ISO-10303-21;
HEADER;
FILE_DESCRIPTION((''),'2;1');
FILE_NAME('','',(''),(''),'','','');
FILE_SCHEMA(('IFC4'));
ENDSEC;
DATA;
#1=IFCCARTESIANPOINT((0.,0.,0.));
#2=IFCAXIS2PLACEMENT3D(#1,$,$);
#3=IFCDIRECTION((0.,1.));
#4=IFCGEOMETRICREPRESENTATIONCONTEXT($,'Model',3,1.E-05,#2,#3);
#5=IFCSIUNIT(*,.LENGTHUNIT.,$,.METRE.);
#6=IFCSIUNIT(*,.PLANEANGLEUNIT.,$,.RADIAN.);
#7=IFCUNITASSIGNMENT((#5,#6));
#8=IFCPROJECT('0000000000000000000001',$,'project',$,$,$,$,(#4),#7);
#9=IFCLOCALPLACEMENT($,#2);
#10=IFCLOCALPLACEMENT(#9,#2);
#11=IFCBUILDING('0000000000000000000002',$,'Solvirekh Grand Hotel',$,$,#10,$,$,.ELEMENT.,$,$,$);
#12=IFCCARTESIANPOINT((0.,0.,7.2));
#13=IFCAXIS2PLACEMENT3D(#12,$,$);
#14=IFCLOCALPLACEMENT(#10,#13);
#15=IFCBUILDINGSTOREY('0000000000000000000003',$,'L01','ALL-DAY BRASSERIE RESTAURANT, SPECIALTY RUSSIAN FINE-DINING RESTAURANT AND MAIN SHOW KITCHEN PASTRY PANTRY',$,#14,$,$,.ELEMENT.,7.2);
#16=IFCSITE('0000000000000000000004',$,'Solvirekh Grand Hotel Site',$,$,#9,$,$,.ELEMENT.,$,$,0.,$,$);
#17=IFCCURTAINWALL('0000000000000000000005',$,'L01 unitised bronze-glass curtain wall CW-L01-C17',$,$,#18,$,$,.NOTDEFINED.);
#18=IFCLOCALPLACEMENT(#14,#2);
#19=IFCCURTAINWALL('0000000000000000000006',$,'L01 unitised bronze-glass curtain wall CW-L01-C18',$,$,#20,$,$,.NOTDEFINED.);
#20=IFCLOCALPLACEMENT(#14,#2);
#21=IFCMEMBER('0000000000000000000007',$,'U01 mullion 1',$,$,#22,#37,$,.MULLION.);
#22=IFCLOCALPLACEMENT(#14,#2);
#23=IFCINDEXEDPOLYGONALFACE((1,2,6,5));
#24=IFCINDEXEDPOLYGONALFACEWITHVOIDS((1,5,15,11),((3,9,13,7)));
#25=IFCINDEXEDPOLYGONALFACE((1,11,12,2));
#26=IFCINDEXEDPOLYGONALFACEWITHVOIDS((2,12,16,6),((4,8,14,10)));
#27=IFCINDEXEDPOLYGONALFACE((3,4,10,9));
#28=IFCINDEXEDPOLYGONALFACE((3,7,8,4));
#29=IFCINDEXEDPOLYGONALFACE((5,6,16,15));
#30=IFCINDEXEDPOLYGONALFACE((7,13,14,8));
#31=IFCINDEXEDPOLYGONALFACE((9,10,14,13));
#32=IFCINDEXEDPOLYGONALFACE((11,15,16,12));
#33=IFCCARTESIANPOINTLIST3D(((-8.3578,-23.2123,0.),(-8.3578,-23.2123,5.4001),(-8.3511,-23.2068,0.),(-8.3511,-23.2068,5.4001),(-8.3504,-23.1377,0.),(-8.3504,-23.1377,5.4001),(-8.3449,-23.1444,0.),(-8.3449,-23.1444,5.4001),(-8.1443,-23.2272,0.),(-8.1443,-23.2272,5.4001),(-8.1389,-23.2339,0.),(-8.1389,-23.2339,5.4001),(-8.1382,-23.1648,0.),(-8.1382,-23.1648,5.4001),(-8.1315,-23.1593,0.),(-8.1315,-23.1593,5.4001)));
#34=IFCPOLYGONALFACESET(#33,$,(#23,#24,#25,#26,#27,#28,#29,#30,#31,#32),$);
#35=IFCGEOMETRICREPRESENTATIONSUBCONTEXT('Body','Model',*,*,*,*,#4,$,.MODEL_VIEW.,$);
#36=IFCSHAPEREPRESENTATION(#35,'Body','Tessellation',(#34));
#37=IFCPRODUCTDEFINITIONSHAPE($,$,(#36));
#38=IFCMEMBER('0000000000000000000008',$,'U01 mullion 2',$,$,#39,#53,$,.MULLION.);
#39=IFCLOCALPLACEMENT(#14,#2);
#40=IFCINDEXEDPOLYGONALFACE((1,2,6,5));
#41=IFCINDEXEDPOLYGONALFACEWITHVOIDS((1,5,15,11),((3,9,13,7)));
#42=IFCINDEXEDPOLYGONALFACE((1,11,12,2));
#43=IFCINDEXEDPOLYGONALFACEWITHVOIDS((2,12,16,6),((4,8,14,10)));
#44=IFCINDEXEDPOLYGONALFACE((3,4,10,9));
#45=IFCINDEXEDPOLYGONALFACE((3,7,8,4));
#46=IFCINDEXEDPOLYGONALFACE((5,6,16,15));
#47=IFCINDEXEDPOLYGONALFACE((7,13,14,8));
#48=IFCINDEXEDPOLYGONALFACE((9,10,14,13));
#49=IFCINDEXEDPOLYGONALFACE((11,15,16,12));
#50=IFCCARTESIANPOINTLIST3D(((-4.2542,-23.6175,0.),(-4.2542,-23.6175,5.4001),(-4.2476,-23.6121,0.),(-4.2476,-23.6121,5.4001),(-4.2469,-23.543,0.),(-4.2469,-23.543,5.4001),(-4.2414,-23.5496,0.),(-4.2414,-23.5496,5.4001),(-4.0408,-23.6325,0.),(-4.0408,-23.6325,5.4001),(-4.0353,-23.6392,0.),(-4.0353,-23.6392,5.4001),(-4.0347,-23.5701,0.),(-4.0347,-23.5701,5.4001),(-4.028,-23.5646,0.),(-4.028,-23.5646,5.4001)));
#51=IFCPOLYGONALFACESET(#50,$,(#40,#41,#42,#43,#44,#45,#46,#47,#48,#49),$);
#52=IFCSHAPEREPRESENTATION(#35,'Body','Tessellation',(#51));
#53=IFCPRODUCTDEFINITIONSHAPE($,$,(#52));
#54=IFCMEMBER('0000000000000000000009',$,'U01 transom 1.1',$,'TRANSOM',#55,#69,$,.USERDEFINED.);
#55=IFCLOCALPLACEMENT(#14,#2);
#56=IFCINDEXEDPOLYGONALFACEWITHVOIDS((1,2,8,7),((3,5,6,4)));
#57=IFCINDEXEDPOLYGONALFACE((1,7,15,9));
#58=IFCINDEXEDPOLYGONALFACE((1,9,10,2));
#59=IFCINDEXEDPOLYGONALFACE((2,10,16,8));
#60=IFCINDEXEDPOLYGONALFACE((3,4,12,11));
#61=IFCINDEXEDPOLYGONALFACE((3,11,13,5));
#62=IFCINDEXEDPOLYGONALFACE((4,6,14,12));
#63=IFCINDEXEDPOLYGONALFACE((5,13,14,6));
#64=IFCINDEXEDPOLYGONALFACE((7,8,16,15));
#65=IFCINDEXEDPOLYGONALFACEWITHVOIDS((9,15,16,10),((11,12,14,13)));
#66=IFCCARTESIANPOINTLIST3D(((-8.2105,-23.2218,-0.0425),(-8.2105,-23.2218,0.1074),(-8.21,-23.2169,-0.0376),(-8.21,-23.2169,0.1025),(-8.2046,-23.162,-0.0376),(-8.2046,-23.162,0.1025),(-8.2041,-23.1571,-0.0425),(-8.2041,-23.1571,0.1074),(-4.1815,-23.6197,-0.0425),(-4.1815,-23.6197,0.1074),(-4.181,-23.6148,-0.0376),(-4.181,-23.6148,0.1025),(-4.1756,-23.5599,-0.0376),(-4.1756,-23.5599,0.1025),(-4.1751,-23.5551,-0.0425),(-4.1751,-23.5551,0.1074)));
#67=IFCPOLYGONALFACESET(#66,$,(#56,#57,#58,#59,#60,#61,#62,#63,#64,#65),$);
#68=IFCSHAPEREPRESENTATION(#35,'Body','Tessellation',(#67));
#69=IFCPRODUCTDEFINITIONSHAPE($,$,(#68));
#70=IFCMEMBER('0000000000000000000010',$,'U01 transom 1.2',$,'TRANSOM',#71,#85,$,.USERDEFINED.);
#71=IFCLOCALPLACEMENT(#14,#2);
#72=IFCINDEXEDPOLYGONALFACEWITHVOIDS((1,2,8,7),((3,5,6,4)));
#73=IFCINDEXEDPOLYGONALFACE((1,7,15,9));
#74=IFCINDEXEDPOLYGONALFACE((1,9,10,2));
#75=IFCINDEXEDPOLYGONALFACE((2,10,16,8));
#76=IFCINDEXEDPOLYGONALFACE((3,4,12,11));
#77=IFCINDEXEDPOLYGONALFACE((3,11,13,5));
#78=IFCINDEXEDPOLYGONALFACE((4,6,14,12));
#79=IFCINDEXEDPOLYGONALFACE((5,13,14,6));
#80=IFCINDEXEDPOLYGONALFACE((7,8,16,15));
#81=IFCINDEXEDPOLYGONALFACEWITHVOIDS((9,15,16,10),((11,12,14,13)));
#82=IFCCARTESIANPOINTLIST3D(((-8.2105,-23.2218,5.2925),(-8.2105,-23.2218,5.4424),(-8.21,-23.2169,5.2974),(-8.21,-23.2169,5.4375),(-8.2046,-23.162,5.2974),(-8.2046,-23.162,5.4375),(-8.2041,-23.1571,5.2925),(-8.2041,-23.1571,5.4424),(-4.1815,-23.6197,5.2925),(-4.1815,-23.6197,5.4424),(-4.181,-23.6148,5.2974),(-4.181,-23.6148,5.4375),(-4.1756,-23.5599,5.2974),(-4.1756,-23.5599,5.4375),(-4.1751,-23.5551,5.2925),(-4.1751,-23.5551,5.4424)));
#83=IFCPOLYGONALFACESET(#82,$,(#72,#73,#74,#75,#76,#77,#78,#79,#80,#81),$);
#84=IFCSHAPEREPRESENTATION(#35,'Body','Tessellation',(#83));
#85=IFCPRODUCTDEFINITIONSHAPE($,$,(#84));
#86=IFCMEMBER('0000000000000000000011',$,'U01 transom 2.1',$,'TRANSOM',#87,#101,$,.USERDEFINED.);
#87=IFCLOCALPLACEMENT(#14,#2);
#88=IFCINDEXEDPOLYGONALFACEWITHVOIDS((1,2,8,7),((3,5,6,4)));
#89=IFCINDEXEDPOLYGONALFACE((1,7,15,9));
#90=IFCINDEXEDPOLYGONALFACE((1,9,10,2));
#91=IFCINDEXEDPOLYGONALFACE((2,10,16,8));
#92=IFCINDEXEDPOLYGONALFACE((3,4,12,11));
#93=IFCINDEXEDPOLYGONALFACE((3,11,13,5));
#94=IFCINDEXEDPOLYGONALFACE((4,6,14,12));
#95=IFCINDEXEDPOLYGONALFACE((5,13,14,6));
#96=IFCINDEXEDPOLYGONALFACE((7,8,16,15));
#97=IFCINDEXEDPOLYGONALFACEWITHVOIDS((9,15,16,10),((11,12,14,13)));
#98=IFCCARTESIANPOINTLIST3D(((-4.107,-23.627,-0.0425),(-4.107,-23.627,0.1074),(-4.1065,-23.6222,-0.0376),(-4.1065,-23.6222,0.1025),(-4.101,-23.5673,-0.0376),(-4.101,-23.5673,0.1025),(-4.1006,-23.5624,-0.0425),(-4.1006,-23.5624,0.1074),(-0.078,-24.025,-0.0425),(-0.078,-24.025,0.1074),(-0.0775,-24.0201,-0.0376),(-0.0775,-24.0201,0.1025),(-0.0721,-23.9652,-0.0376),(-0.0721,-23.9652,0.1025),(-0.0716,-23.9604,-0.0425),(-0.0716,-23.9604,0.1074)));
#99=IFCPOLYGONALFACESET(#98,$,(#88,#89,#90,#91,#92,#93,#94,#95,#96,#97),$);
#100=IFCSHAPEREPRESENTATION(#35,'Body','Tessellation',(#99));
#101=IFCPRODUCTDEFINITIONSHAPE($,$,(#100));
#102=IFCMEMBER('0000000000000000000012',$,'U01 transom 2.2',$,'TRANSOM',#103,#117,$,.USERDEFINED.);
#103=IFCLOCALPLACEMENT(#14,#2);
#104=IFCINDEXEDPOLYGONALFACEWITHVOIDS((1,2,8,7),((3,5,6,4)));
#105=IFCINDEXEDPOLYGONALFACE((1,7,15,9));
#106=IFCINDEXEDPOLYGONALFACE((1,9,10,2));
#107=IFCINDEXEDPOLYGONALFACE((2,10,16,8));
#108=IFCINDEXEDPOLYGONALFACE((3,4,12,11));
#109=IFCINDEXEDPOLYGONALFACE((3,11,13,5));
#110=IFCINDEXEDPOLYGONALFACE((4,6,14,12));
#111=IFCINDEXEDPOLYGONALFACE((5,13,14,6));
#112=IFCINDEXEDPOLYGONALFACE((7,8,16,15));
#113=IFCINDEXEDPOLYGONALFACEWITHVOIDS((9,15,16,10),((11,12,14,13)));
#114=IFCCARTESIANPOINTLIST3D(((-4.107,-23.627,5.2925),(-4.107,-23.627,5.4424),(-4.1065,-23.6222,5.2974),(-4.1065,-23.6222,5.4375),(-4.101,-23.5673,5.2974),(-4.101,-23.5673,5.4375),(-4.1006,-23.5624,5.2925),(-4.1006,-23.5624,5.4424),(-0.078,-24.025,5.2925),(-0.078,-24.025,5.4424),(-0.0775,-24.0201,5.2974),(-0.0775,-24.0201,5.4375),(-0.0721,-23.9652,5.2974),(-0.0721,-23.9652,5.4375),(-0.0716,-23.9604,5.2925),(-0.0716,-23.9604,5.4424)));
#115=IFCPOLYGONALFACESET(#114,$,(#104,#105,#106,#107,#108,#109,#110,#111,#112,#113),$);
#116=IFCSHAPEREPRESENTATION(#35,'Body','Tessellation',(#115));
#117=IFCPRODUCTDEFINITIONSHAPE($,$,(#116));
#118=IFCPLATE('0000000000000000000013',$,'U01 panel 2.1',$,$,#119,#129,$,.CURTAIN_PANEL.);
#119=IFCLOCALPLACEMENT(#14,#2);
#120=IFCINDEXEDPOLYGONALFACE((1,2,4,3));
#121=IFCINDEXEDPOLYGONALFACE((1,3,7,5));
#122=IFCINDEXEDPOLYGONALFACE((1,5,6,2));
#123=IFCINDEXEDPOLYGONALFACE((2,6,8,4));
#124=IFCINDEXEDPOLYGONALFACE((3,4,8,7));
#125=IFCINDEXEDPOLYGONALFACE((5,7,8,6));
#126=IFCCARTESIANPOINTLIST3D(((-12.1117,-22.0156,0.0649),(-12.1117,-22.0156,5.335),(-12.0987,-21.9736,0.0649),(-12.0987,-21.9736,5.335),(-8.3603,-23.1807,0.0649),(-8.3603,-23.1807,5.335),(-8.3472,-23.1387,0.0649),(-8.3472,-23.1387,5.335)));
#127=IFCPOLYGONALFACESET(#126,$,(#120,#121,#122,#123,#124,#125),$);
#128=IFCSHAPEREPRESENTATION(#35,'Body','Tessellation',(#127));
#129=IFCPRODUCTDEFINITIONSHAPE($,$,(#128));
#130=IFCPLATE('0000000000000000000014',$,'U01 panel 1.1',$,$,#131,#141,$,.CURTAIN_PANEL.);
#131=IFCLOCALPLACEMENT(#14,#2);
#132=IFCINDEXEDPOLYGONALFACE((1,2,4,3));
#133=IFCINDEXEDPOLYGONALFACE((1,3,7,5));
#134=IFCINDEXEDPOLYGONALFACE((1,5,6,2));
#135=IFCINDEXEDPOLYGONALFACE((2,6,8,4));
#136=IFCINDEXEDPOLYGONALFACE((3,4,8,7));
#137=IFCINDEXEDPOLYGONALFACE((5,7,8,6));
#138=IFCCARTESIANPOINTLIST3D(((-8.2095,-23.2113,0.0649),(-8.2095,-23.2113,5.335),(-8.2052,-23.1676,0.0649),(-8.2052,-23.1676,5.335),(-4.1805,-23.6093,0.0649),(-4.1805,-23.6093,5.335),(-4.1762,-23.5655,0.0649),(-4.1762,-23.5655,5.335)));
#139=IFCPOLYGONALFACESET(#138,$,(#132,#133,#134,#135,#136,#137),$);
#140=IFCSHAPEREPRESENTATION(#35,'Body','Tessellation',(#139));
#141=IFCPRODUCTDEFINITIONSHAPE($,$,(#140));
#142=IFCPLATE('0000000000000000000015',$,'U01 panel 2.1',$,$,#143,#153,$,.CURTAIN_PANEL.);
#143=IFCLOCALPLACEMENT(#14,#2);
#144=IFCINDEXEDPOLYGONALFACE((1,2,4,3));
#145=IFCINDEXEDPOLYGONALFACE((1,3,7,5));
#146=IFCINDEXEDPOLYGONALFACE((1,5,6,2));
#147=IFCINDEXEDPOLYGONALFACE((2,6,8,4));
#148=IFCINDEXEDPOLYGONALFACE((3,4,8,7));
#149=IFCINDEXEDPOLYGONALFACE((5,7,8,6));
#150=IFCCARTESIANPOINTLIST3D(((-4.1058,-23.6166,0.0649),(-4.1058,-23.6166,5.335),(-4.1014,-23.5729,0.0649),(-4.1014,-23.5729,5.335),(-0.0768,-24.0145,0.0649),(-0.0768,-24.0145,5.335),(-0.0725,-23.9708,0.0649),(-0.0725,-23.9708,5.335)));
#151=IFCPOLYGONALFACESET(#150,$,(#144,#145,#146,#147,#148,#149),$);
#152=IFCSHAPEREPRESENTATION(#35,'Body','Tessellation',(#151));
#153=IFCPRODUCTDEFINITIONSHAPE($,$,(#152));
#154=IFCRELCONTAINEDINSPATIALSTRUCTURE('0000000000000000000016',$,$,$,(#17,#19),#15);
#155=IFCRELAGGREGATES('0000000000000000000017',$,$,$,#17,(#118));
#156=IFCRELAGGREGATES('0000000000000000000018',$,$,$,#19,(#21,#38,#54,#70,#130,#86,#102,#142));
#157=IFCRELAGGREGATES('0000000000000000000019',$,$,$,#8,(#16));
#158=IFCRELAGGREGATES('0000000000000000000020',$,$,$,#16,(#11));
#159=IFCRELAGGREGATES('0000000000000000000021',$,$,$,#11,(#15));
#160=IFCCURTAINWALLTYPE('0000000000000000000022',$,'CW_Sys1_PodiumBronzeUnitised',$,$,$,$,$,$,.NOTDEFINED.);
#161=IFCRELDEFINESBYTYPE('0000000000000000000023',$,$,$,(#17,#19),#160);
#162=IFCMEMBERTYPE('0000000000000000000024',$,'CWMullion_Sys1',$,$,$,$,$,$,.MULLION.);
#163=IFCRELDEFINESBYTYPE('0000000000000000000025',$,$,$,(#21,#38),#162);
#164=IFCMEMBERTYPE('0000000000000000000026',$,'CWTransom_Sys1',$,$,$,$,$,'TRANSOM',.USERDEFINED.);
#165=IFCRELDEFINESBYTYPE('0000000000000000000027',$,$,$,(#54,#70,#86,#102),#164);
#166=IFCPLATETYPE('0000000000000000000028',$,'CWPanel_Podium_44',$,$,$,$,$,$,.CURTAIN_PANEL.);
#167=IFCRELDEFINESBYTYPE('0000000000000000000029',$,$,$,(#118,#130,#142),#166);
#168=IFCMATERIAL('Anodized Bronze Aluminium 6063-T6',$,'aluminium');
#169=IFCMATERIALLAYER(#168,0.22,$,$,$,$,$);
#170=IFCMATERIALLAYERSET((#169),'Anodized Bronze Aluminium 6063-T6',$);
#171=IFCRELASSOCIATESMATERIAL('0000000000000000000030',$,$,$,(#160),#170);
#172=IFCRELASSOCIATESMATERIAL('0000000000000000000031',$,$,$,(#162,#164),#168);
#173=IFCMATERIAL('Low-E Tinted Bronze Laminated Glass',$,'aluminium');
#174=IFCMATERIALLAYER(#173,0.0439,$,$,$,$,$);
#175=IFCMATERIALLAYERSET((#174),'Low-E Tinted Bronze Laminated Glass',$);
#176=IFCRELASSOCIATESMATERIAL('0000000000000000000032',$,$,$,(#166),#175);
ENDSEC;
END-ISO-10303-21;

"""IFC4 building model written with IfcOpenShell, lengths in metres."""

from ifc_helpers import new_model, si_unit, direction, frame, origin, origin_2d, place, context, subcontext, project, spatial, rectangle, hollow_rectangle, extrude, source, transform, mapped, material, layer, layer_set, material_profile, profile_set, type_object, element, aggregate, save


model = new_model("IFC4")

# Units and contexts
model_context = context("Model", 3, precision=1e-05, world=origin(), true_north=direction((0.0, 1.0)))
body_context = subcontext(model_context, "Body", "Model", "MODEL_VIEW")
ifc_project = project(units=[si_unit("LENGTHUNIT", "METRE"), si_unit("PLANEANGLEUNIT", "RADIAN")], contexts=[model_context])

# Site, building, storey
site_placement = place(None, origin())
site = spatial("IfcSite", under=ifc_project, at=site_placement, Name="Solvirekh Grand Hotel Site", CompositionType="ELEMENT", RefElevation=0.0)
building_placement = place(site_placement, origin())
building = spatial("IfcBuilding", under=site, at=building_placement, Name="Solvirekh Grand Hotel", CompositionType="ELEMENT")
storey_placement = place(building_placement, frame((0.0, 0.0, 7.2)))
storey = spatial("IfcBuildingStorey", under=building, at=storey_placement, Name="L01", Description="ALL-DAY BRASSERIE RESTAURANT, SPECIALTY RUSSIAN FINE-DINING RESTAURANT AND MAIN SHOW KITCHEN PASTRY PANTRY", CompositionType="ELEMENT", Elevation=7.2)

# Curtain wall
ifc_material_1 = material(Name="Anodized Bronze Aluminium 6063-T6", Category="aluminium")
ifc_layer_1 = layer(ifc_material_1, 0.22)
ifc_layer_set_1 = layer_set([ifc_layer_1], Name="Anodized Bronze Aluminium 6063-T6")
curtain_wall_type = type_object("IfcCurtainWallType", Name="CW_Sys1_PodiumBronzeUnitised", PredefinedType="NOTDEFINED", material=ifc_layer_set_1)
curtain_wall_1_placement = place(storey_placement, origin())
curtain_wall_1 = element("IfcCurtainWall", 1, at=curtain_wall_1_placement, inside=storey, type_object=curtain_wall_type, Name="L01 unitised bronze-glass curtain wall CW-L01-C17", PredefinedType="NOTDEFINED")
ifc_material_profile_1 = material_profile(ifc_material_1, hollow_rectangle(XDim=0.075, YDim=0.22, WallThickness=0.0061, at=origin_2d()), Name="ALU RHS 220X75X6")
ifc_profile_set_1 = profile_set([ifc_material_profile_1], Name="Anodized Bronze Aluminium 6063-T6")
member_type_1 = type_object("IfcMemberType", Name="CWMullion_Sys1", PredefinedType="MULLION", material=ifc_profile_set_1)
shared_shape_1 = source(origin(), body_context, "Body", "SweptSolid", [
    extrude(hollow_rectangle(XDim=0.075, YDim=0.22, WallThickness=0.0061, at=origin_2d()), origin(), (0.0, 0.0, 1.0), 5.4001),
])

# Curtain wall, members
curtain_wall_2_placement = place(storey_placement, origin())
curtain_wall_2 = element("IfcCurtainWall", 2, at=curtain_wall_2_placement, inside=storey, type_object=curtain_wall_type, Name="L01 unitised bronze-glass curtain wall CW-L01-C18", PredefinedType="NOTDEFINED")
member_1_placement = place(storey_placement, frame((-8.2446, -23.1858, 0.0), z_axis=(0.0, 0.0, 1.0), x_axis=(0.09829, 0.995158, 0.0)))
member_1 = element("IfcMember", 3, at=member_1_placement, type_object=member_type_1, Name="U01 mullion 1", PredefinedType="MULLION", context=body_context, shape_type="MappedRepresentation", body=[
    mapped(shared_shape_1, transform((0.0, 0.0, 0.0), x_axis=(1.0, 0.0, 0.0), y_axis=(0.0, 1.0, 0.0), z_axis=(0.0, 0.0, 1.0), scale=1.0)),
])
member_2_placement = place(storey_placement, frame((-4.1411, -23.5911, 0.0), z_axis=(0.0, 0.0, 1.0), x_axis=(0.09829, 0.995158, 0.0)))
member_2 = element("IfcMember", 4, at=member_2_placement, type_object=member_type_1, Name="U01 mullion 2", PredefinedType="MULLION", context=body_context, shape_type="MappedRepresentation", body=[
    mapped(shared_shape_1, transform((0.0, 0.0, 0.0), x_axis=(1.0, 0.0, 0.0), y_axis=(0.0, 1.0, 0.0), z_axis=(0.0, 0.0, 1.0), scale=1.0)),
])
ifc_material_profile_2 = material_profile(ifc_material_1, hollow_rectangle(XDim=0.0649, YDim=0.1499, WallThickness=0.0049, at=origin_2d()), Name="ALU RHS 150X65X5")
ifc_profile_set_2 = profile_set([ifc_material_profile_2], Name="Anodized Bronze Aluminium 6063-T6")
member_type_2 = type_object("IfcMemberType", Name="CWTransom_Sys1", ElementType="TRANSOM", PredefinedType="USERDEFINED", material=ifc_profile_set_2)
shared_shape_2 = source(origin(), body_context, "Body", "SweptSolid", [
    extrude(hollow_rectangle(XDim=0.0649, YDim=0.1499, WallThickness=0.0049, at=origin_2d()), origin(), (0.0, 0.0, 1.0), 4.0486),
])
member_3_placement = place(storey_placement, frame((-8.2073, -23.1895, 0.0325), z_axis=(0.995158, -0.098292, 0.0), x_axis=(0.098292, 0.995158, 0.0)))
member_3 = element("IfcMember", 5, at=member_3_placement, type_object=member_type_2, Name="U01 transom 1.1", ObjectType="TRANSOM", PredefinedType="USERDEFINED", context=body_context, shape_type="MappedRepresentation", body=[
    mapped(shared_shape_2, transform((0.0, 0.0, 0.0), x_axis=(1.0, 0.0, 0.0), y_axis=(0.0, 1.0, 0.0), z_axis=(0.0, 0.0, 1.0), scale=1.0)),
])
member_4_placement = place(storey_placement, frame((-8.2073, -23.1895, 5.3674), z_axis=(0.995158, -0.098292, 0.0), x_axis=(0.098292, 0.995158, 0.0)))
member_4 = element("IfcMember", 6, at=member_4_placement, type_object=member_type_2, Name="U01 transom 1.2", ObjectType="TRANSOM", PredefinedType="USERDEFINED", context=body_context, shape_type="MappedRepresentation", body=[
    mapped(shared_shape_2, transform((0.0, 0.0, 0.0), x_axis=(1.0, 0.0, 0.0), y_axis=(0.0, 1.0, 0.0), z_axis=(0.0, 0.0, 1.0), scale=1.0)),
])
member_5_placement = place(storey_placement, frame((-4.1038, -23.5947, 0.0325), z_axis=(0.995158, -0.098292, 0.0), x_axis=(0.098292, 0.995158, 0.0)))
member_5 = element("IfcMember", 7, at=member_5_placement, type_object=member_type_2, Name="U01 transom 2.1", ObjectType="TRANSOM", PredefinedType="USERDEFINED", context=body_context, shape_type="MappedRepresentation", body=[
    mapped(shared_shape_2, transform((0.0, 0.0, 0.0), x_axis=(1.0, 0.0, 0.0), y_axis=(0.0, 1.0, 0.0), z_axis=(0.0, 0.0, 1.0), scale=1.0)),
])
member_6_placement = place(storey_placement, frame((-4.1038, -23.5947, 5.3674), z_axis=(0.995158, -0.098292, 0.0), x_axis=(0.098292, 0.995158, 0.0)))
member_6 = element("IfcMember", 8, at=member_6_placement, type_object=member_type_2, Name="U01 transom 2.2", ObjectType="TRANSOM", PredefinedType="USERDEFINED", context=body_context, shape_type="MappedRepresentation", body=[
    mapped(shared_shape_2, transform((0.0, 0.0, 0.0), x_axis=(1.0, 0.0, 0.0), y_axis=(0.0, 1.0, 0.0), z_axis=(0.0, 0.0, 1.0), scale=1.0)),
])

# Plates
ifc_material_2 = material(Name="Low-E Tinted Bronze Laminated Glass", Category="aluminium")
ifc_layer_2 = layer(ifc_material_2, 0.0439)
ifc_layer_set_2 = layer_set([ifc_layer_2], Name="Low-E Tinted Bronze Laminated Glass")
plate_type = type_object("IfcPlateType", Name="CWPanel_Podium_44", PredefinedType="CURTAIN_PANEL", material=ifc_layer_set_2)
shared_shape_3 = source(origin(), body_context, "Body", "SweptSolid", [
    extrude(rectangle(XDim=3.9282, YDim=0.0439, at=origin_2d()), origin(), (0.0, 0.0, 1.0), 5.27),
])
plate_1_placement = place(storey_placement, frame((-10.2295, -22.5771, 0.0649), z_axis=(0.0, 0.0, 1.0), x_axis=(0.955003, -0.296598, 0.0)))
plate_1 = element("IfcPlate", 9, at=plate_1_placement, type_object=plate_type, Name="U01 panel 2.1", PredefinedType="CURTAIN_PANEL", context=body_context, shape_type="MappedRepresentation", body=[
    mapped(shared_shape_3, transform((0.0, 0.0, 0.0), x_axis=(1.0, 0.0, 0.0), y_axis=(0.0, 1.0, 0.0), z_axis=(0.0, 0.0, 1.0), scale=1.0)),
])
aggregate(curtain_wall_1, [plate_1])
shared_shape_4 = source(origin(), body_context, "Body", "SweptSolid", [
    extrude(rectangle(XDim=4.0486, YDim=0.0439, at=origin_2d()), origin(), (0.0, 0.0, 1.0), 5.27),
])
plate_2_placement = place(storey_placement, frame((-6.1929, -23.3884, 0.0649), z_axis=(0.0, 0.0, 1.0), x_axis=(0.995158, -0.09829, 0.0)))
plate_2 = element("IfcPlate", 10, at=plate_2_placement, type_object=plate_type, Name="U01 panel 1.1", PredefinedType="CURTAIN_PANEL", context=body_context, shape_type="MappedRepresentation", body=[
    mapped(shared_shape_4, transform((0.0, 0.0, 0.0), x_axis=(1.0, 0.0, 0.0), y_axis=(0.0, 1.0, 0.0), z_axis=(0.0, 0.0, 1.0), scale=1.0)),
])
plate_3_placement = place(storey_placement, frame((-2.0891, -23.7937, 0.0649), z_axis=(0.0, 0.0, 1.0), x_axis=(0.995158, -0.09829, 0.0)))
plate_3 = element("IfcPlate", 11, at=plate_3_placement, type_object=plate_type, Name="U01 panel 2.1", PredefinedType="CURTAIN_PANEL", context=body_context, shape_type="MappedRepresentation", body=[
    mapped(shared_shape_4, transform((0.0, 0.0, 0.0), x_axis=(1.0, 0.0, 0.0), y_axis=(0.0, 1.0, 0.0), z_axis=(0.0, 0.0, 1.0), scale=1.0)),
])
aggregate(curtain_wall_2, [member_1, member_2, member_3, member_4, plate_2, member_5, member_6, plate_3])

save(model, "model.ifc")
